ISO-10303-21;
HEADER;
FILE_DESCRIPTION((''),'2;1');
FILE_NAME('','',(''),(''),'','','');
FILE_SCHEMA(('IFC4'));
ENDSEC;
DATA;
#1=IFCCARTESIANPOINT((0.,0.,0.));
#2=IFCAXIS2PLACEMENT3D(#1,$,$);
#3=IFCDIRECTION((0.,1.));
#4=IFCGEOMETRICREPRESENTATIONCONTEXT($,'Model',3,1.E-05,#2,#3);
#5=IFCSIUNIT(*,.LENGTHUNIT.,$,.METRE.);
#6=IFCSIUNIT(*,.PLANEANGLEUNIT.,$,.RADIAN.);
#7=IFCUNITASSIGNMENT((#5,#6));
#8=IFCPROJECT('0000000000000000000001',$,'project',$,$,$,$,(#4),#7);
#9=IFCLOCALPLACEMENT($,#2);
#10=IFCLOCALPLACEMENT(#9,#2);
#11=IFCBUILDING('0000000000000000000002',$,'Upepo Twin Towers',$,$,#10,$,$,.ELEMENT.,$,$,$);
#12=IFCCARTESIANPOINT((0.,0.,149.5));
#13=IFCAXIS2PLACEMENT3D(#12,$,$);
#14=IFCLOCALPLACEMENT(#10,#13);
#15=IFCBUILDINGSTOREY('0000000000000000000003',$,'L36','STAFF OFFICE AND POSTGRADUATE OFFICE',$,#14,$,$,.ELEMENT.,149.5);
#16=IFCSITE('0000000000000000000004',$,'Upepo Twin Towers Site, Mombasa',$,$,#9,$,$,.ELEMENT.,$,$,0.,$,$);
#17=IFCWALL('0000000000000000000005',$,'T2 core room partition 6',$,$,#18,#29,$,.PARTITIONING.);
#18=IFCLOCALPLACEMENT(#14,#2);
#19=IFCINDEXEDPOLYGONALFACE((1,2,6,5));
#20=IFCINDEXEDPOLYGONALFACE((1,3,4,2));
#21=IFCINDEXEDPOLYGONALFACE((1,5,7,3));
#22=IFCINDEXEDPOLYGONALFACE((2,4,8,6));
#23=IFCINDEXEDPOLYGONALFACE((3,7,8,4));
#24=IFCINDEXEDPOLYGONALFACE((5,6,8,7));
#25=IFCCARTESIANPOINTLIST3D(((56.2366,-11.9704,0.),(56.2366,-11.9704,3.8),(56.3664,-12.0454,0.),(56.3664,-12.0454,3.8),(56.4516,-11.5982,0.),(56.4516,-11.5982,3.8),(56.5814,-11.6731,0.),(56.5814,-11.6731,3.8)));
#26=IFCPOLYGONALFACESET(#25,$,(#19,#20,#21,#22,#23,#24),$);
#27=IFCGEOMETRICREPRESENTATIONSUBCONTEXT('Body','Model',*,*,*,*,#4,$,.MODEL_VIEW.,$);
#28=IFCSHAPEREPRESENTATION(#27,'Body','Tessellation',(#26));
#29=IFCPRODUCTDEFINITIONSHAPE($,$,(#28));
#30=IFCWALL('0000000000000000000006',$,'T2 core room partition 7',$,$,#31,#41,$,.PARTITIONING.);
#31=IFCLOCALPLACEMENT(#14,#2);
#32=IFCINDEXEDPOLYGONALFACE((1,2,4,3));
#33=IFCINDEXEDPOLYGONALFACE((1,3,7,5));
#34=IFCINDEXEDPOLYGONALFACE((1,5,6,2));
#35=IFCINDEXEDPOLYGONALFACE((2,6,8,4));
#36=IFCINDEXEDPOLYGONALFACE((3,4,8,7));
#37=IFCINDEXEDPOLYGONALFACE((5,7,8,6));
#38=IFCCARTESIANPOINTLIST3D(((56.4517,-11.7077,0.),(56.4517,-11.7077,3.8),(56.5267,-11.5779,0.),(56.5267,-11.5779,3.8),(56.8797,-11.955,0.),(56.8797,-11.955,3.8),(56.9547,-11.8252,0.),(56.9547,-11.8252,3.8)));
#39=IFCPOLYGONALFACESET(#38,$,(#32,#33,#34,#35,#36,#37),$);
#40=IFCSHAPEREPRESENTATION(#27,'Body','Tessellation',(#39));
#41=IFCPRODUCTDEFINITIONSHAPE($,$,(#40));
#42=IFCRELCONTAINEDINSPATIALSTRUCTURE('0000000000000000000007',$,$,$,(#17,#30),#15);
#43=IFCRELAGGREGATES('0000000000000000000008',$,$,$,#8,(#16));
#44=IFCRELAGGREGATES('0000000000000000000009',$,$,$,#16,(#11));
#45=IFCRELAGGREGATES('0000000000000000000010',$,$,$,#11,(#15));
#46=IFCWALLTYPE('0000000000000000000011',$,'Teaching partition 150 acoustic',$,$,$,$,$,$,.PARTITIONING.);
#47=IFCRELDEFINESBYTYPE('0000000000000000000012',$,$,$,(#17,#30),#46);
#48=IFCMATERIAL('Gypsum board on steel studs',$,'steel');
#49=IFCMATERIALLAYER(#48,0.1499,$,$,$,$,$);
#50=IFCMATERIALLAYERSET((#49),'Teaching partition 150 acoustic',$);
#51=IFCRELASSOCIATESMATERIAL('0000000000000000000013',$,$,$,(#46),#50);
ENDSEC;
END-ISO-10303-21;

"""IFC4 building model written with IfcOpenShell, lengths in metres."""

from ifc_helpers import new_model, si_unit, direction, frame, frame_2d, origin, place, context, subcontext, project, spatial, rectangle, extrude, material, layer, layer_set, type_object, element, save


model = new_model("IFC4")

# Units and contexts
model_context = context("Model", 3, precision=1e-05, world=origin(), true_north=direction((0.0, 1.0)))
body_context = subcontext(model_context, "Body", "Model", "MODEL_VIEW")
ifc_project = project(units=[si_unit("LENGTHUNIT", "METRE"), si_unit("PLANEANGLEUNIT", "RADIAN")], contexts=[model_context])

# Site, building, storey
site_placement = place(None, origin())
site = spatial("IfcSite", under=ifc_project, at=site_placement, Name="Upepo Twin Towers Site, Mombasa", CompositionType="ELEMENT", RefElevation=0.0)
building_placement = place(site_placement, origin())
building = spatial("IfcBuilding", under=site, at=building_placement, Name="Upepo Twin Towers", CompositionType="ELEMENT")
storey_placement = place(building_placement, frame((0.0, 0.0, 149.5)))
storey = spatial("IfcBuildingStorey", under=building, at=storey_placement, Name="L36", Description="STAFF OFFICE AND POSTGRADUATE OFFICE", CompositionType="ELEMENT", Elevation=149.5)

# Shared definitions
ifc_material_1 = material(Name="Gypsum board on steel studs", Category="steel")
ifc_layer_1 = layer(ifc_material_1, 0.1499)
ifc_layer_set_1 = layer_set([ifc_layer_1], Name="Teaching partition 150 acoustic")
wall_type_1 = type_object("IfcWallType", Name="Teaching partition 150 acoustic", PredefinedType="PARTITIONING", material=ifc_layer_set_1)

# Walls
for number, where, z_axis, x_axis, name in (
    (1, (56.3015, -12.0078, 0.0), (0.0, 0.0, 1.0), (0.50023, 0.865892, 0.0), "T2 core room partition 6"),
):
    element("IfcWall", number, at=place(storey_placement, frame(where, z_axis=z_axis, x_axis=x_axis)), inside=storey, type_object=wall_type_1, Name=name, PredefinedType="PARTITIONING", context=body_context, shape_type="SweptSolid", body=[
        extrude(rectangle(XDim=0.4299, YDim=0.1499, at=frame_2d((0.2148, 0.0))), origin(), (0.0, 0.0, 1.0), 3.8),
    ])
wall_1_placement = place(storey_placement, frame((56.4893, -11.6428, 0.0), z_axis=(0.0, 0.0, 1.0), x_axis=(0.865832, -0.500335, 0.0)))
element("IfcWall", 2, at=wall_1_placement, inside=storey, type_object=wall_type_1, Name="T2 core room partition 7", PredefinedType="PARTITIONING", context=body_context, shape_type="SweptSolid", body=[
    extrude(rectangle(XDim=0.4944, YDim=0.1499, at=frame_2d((0.2471, 0.0))), origin(), (0.0, 0.0, 1.0), 3.8),
])

save(model, "model.ifc")
